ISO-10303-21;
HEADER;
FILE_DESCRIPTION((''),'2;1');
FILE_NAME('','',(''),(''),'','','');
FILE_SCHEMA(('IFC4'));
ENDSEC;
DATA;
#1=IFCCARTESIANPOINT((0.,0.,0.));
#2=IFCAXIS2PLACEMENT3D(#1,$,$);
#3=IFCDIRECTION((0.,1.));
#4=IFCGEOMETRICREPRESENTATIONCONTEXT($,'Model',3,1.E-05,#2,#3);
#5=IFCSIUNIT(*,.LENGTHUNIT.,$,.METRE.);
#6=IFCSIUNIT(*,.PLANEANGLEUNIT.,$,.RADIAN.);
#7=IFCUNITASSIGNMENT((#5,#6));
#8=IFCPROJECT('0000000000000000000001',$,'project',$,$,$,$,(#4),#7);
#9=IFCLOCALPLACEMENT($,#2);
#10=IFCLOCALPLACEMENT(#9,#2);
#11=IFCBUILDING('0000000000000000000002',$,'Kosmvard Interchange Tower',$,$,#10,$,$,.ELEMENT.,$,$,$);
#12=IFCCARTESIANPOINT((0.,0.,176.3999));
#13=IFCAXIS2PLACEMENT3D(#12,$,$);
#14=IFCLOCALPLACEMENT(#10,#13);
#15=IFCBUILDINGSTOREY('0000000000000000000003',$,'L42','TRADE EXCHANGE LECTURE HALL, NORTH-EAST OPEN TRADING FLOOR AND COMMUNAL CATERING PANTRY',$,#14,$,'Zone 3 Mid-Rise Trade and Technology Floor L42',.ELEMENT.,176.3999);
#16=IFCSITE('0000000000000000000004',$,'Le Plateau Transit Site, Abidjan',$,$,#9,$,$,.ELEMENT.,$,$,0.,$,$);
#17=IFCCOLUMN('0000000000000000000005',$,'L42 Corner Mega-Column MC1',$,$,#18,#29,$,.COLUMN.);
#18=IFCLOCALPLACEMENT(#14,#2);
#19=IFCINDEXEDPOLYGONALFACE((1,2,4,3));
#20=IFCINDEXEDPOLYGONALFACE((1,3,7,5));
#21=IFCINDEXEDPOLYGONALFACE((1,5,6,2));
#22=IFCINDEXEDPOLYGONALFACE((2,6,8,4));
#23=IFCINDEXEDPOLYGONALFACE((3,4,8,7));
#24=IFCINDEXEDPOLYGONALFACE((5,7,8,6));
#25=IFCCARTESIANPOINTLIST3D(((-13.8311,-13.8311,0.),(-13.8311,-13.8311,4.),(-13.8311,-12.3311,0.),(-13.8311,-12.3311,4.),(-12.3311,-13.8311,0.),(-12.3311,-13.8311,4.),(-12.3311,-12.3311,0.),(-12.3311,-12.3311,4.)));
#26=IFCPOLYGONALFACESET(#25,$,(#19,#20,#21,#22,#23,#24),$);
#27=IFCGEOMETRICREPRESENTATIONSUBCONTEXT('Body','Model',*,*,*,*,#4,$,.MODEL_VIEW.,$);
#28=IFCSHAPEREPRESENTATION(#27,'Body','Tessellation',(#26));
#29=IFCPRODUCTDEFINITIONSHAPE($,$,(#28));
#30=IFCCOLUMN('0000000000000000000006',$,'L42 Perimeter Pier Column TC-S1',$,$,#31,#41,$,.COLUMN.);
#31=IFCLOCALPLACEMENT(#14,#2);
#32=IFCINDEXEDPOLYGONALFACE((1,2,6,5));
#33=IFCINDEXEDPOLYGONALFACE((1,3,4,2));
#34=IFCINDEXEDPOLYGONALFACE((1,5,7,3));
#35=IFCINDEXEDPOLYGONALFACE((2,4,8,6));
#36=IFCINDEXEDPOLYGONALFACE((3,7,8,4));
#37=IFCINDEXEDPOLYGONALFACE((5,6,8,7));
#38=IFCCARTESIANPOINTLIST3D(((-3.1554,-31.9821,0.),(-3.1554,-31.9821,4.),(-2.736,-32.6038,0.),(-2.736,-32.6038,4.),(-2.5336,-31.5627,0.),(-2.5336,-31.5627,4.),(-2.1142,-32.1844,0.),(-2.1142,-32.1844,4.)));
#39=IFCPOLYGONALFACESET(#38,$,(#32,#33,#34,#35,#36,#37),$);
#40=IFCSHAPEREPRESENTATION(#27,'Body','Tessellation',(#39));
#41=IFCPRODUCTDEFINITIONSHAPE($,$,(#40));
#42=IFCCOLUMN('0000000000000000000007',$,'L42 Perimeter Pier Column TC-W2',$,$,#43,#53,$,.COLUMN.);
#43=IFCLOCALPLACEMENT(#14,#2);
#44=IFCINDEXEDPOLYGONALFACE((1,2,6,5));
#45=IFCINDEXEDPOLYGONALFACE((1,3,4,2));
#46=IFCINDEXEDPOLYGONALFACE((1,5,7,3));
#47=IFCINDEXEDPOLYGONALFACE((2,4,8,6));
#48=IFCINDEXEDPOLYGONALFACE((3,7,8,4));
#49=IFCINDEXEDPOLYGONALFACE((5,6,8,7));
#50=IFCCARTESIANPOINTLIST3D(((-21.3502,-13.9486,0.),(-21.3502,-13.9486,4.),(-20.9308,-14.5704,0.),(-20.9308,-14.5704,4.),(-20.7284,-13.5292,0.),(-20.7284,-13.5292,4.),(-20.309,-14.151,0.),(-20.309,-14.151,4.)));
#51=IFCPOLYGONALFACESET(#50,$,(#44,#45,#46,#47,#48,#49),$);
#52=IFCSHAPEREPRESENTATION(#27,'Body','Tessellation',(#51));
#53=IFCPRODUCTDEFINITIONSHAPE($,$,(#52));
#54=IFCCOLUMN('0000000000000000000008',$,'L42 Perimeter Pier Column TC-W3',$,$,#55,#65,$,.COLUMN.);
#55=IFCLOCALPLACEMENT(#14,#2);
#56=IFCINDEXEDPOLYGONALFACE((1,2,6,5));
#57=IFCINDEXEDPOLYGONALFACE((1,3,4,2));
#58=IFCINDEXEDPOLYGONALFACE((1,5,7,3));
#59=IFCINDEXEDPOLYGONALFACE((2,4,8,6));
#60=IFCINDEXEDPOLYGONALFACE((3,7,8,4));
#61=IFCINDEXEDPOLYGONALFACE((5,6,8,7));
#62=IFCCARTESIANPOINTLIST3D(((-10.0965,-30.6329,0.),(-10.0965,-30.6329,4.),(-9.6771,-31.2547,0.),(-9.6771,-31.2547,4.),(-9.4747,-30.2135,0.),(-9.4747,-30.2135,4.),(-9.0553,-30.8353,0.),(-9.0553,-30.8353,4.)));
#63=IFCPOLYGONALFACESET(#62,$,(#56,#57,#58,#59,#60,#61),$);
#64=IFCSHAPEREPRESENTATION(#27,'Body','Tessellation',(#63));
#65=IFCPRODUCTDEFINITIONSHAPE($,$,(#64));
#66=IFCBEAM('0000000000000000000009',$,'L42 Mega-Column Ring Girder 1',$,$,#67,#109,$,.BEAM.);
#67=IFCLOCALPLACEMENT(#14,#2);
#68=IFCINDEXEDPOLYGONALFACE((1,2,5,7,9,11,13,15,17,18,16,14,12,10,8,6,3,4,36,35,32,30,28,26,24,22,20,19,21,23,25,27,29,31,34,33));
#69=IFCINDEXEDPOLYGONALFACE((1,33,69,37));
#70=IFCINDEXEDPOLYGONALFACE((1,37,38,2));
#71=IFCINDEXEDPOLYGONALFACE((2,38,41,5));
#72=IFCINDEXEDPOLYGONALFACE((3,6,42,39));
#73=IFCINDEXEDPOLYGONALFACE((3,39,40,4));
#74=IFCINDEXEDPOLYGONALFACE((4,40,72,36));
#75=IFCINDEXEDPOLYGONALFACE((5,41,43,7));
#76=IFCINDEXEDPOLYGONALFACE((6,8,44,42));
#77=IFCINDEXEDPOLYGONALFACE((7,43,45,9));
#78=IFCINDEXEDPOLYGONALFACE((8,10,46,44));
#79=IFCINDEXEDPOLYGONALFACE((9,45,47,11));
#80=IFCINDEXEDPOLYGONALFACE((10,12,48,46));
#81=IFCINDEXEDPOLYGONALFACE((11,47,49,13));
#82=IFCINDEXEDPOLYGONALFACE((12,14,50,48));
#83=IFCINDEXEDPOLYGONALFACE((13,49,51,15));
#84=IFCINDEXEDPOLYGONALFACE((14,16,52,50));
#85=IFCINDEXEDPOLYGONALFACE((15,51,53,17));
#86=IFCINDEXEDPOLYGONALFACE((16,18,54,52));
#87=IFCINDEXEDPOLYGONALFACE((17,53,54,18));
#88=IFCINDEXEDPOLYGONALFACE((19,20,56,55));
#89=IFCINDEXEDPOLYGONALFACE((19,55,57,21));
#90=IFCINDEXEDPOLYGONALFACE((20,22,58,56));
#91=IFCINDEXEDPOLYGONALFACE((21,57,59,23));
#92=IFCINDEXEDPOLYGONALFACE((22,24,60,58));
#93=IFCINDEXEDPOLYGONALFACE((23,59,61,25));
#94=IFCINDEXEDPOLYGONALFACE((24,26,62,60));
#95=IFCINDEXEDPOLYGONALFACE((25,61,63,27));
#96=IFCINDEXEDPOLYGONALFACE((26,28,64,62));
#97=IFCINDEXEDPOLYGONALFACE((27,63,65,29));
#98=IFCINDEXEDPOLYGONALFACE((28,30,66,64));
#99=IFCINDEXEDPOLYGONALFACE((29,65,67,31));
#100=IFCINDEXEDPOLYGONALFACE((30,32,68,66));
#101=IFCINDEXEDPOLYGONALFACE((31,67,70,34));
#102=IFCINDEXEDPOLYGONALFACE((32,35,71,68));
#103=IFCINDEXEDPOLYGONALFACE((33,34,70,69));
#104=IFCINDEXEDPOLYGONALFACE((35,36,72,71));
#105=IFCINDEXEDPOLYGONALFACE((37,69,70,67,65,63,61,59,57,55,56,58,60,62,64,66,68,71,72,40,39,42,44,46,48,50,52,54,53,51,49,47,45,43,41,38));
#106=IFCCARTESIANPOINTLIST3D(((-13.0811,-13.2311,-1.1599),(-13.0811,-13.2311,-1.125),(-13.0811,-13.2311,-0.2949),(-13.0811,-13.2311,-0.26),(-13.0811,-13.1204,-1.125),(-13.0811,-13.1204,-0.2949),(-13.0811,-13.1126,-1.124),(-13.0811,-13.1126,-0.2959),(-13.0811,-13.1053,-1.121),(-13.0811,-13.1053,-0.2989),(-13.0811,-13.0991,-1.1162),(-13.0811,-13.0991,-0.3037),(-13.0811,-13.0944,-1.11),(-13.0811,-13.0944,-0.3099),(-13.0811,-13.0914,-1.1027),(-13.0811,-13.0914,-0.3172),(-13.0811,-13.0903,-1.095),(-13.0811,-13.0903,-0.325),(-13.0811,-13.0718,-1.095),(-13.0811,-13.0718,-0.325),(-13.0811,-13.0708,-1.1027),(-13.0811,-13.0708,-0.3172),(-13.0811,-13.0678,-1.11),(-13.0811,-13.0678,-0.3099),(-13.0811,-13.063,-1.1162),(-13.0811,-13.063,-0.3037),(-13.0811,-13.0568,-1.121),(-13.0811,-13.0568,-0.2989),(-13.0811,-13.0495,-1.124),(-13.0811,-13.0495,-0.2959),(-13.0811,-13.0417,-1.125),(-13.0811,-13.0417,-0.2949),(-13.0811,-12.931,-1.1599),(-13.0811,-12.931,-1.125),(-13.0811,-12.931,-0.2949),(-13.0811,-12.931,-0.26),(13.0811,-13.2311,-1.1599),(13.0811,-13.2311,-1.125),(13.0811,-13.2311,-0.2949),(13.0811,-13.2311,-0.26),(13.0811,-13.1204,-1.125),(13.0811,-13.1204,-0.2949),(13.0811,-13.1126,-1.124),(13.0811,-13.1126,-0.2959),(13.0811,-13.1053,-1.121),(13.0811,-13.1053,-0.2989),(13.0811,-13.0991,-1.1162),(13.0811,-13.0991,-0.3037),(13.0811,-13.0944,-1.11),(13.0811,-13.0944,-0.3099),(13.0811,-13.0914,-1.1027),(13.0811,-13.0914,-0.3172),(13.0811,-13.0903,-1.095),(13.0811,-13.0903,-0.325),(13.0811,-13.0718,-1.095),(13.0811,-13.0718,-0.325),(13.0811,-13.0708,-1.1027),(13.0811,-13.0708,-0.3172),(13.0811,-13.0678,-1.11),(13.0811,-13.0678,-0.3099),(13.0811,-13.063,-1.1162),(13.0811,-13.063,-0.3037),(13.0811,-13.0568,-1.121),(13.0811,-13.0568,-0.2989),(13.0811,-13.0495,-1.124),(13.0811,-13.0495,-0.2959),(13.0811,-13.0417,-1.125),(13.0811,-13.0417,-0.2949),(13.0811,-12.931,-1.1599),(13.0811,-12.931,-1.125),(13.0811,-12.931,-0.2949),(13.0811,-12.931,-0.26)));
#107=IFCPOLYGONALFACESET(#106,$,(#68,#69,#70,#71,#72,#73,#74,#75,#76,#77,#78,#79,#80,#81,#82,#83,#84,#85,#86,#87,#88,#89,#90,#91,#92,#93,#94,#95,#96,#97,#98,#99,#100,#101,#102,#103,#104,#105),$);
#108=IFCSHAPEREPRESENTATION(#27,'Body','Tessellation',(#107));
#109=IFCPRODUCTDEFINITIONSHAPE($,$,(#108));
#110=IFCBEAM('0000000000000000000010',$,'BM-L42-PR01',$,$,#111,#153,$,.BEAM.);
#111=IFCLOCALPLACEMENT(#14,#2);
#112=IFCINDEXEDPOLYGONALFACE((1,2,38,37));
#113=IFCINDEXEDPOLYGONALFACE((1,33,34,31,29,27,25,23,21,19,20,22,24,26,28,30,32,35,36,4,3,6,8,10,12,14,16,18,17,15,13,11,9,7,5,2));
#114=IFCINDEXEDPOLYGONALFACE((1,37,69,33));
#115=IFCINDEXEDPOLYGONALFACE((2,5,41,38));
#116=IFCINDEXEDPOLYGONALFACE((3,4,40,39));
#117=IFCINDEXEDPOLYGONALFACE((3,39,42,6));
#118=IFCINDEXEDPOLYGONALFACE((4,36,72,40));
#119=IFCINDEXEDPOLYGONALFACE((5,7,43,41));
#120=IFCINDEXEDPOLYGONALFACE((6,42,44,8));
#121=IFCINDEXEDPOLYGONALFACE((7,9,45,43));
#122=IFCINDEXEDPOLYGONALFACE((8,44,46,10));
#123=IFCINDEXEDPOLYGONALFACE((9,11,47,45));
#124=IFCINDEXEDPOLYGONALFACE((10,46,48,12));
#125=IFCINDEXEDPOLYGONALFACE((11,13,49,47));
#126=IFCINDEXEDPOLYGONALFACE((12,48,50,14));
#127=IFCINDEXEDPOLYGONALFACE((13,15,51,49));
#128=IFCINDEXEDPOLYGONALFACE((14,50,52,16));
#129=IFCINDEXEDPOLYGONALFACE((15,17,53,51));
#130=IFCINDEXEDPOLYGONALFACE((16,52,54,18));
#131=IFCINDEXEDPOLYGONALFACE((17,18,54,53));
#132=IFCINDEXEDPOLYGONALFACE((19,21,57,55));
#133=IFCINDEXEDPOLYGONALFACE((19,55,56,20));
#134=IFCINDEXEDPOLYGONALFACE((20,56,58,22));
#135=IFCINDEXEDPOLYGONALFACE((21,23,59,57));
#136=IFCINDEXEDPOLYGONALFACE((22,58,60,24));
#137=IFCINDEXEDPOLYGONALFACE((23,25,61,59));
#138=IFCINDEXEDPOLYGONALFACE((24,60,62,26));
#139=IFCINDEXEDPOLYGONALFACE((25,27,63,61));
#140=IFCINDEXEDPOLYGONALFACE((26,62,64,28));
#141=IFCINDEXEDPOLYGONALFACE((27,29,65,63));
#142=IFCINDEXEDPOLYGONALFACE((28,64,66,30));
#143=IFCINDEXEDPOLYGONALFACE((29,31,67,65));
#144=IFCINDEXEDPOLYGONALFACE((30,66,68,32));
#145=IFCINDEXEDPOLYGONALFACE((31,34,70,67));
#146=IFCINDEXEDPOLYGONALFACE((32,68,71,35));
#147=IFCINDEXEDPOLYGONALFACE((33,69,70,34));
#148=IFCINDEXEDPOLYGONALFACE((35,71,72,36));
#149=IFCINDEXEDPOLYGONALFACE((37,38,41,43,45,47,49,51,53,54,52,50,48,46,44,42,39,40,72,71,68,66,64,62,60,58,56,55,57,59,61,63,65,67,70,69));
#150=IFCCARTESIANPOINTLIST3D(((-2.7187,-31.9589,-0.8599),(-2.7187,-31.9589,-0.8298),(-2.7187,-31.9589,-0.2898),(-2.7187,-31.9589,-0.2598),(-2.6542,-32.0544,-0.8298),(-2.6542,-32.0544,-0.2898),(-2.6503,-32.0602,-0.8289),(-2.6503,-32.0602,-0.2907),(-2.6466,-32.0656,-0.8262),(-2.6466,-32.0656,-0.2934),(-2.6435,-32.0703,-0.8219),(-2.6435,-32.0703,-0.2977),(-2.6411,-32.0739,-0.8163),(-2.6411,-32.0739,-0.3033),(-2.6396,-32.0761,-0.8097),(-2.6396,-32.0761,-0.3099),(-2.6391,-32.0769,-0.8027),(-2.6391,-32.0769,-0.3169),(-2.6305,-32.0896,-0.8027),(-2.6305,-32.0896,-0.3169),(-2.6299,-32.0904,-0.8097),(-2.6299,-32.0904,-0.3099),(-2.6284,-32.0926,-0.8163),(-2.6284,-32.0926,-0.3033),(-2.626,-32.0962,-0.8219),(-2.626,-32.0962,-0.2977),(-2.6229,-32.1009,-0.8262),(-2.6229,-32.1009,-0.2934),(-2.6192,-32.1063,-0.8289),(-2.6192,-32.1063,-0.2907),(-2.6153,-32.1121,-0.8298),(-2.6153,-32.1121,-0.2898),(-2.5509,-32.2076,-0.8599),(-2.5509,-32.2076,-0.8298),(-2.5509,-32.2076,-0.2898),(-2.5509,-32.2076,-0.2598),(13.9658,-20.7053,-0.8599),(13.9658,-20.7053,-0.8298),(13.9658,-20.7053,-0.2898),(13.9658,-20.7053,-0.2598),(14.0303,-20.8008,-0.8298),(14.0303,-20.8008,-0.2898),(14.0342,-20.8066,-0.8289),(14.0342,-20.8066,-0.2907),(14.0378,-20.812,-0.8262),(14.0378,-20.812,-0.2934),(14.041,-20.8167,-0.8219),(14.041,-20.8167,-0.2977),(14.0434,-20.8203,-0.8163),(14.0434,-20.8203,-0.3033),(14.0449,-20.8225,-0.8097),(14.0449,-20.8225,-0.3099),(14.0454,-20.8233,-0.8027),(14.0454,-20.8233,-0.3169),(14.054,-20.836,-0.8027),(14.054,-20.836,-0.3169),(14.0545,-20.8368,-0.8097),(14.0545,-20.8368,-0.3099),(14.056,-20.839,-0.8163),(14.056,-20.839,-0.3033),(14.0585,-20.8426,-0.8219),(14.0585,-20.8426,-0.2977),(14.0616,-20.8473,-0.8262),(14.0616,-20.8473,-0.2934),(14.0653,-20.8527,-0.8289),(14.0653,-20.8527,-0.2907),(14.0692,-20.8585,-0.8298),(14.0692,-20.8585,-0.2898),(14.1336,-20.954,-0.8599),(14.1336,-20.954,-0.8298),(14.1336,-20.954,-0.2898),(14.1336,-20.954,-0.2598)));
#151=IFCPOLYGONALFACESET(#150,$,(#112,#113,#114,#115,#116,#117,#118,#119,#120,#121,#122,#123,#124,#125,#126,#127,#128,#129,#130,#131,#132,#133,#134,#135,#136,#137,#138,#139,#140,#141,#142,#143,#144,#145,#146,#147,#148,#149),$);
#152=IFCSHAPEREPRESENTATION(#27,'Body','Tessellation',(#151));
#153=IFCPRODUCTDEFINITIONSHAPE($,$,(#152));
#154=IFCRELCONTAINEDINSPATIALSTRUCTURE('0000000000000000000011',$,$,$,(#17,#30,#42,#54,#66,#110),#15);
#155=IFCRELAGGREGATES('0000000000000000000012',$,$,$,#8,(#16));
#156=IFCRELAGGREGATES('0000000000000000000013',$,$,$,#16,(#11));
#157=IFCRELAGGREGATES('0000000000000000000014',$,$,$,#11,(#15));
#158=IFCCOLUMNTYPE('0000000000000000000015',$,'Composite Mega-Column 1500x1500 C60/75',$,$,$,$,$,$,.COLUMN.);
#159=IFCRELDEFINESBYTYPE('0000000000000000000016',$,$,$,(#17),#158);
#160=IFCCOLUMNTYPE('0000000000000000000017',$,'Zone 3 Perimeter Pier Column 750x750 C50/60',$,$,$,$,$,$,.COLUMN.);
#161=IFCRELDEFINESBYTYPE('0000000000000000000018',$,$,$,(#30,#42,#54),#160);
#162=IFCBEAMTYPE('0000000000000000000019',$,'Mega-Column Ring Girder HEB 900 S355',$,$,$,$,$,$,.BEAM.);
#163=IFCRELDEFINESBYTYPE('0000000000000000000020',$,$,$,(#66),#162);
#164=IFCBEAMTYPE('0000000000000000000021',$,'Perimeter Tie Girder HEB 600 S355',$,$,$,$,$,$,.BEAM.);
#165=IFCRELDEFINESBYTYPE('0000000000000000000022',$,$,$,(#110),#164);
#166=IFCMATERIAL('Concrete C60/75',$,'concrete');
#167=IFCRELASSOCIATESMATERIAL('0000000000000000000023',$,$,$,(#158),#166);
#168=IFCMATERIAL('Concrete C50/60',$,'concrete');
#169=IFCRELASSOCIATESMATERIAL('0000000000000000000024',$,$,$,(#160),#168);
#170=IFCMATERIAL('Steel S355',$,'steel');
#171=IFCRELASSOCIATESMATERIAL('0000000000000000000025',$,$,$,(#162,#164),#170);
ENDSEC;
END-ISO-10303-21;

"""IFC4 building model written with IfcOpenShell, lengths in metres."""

from ifc_helpers import new_model, si_unit, direction, frame, origin, origin_2d, place, context, subcontext, project, spatial, rectangle, i_section, extrude, source, transform, mapped, material, material_profile, profile_set, type_object, element, save


model = new_model("IFC4")

# Units and contexts
model_context = context("Model", 3, precision=1e-05, world=origin(), true_north=direction((0.0, 1.0)))
body_context = subcontext(model_context, "Body", "Model", "MODEL_VIEW")
ifc_project = project(units=[si_unit("LENGTHUNIT", "METRE"), si_unit("PLANEANGLEUNIT", "RADIAN")], contexts=[model_context])

# Site, building, storey
site_placement = place(None, origin())
site = spatial("IfcSite", under=ifc_project, at=site_placement, Name="Le Plateau Transit Site, Abidjan", CompositionType="ELEMENT", RefElevation=0.0)
building_placement = place(site_placement, origin())
building = spatial("IfcBuilding", under=site, at=building_placement, Name="Kosmvard Interchange Tower", CompositionType="ELEMENT")
storey_placement = place(building_placement, frame((0.0, 0.0, 176.3999)))
storey = spatial("IfcBuildingStorey", under=building, at=storey_placement, Name="L42", Description="TRADE EXCHANGE LECTURE HALL, NORTH-EAST OPEN TRADING FLOOR AND COMMUNAL CATERING PANTRY", LongName="Zone 3 Mid-Rise Trade and Technology Floor L42", CompositionType="ELEMENT", Elevation=176.3999)

# Columns
ifc_material_1 = material(Name="Concrete C60/75", Category="concrete")
ifc_material_profile_1 = material_profile(ifc_material_1, rectangle(XDim=1.5, YDim=1.5, at=origin_2d()), Name="MC 1500x1500")
ifc_profile_set_1 = profile_set([ifc_material_profile_1], Name="Concrete C60/75")
column_type_1 = type_object("IfcColumnType", Name="Composite Mega-Column 1500x1500 C60/75", PredefinedType="COLUMN", material=ifc_profile_set_1)
shared_shape_1 = source(origin(), body_context, "Body", "SweptSolid", [
    extrude(rectangle(XDim=1.5, YDim=1.5, at=origin_2d()), origin(), (0.0, 0.0, 1.0), 4.0),
])
column_placement = place(storey_placement, frame((-13.0811, -13.0811, 0.0), z_axis=(0.0, 0.0, 1.0), x_axis=(1.0, 0.0, 0.0)))
element("IfcColumn", 1, at=column_placement, inside=storey, type_object=column_type_1, Name="L42 Corner Mega-Column MC1", PredefinedType="COLUMN", context=body_context, shape_type="MappedRepresentation", body=[
    mapped(shared_shape_1, transform((0.0, 0.0, 0.0), scale=1.0)),
])
ifc_material_2 = material(Name="Concrete C50/60", Category="concrete")
ifc_material_profile_2 = material_profile(ifc_material_2, rectangle(XDim=0.75, YDim=0.75, at=origin_2d()), Name="TC 750x750")
ifc_profile_set_2 = profile_set([ifc_material_profile_2], Name="Concrete C50/60")
column_type_2 = type_object("IfcColumnType", Name="Zone 3 Perimeter Pier Column 750x750 C50/60", PredefinedType="COLUMN", material=ifc_profile_set_2)
shared_shape_2 = source(origin(), body_context, "Body", "SweptSolid", [
    extrude(rectangle(XDim=0.75, YDim=0.75, at=origin_2d()), origin(), (0.0, 0.0, 1.0), 4.0),
])
for number, where, z_axis, x_axis, name in (
    (2, (-2.6348, -32.0833, 0.0), (0.0, 0.0, 1.0), (0.829038, 0.559193, 0.0), "L42 Perimeter Pier Column TC-S1"),
    (3, (-20.8296, -14.0498, 0.0), (0.0, 0.0, 1.0), (0.829038, 0.559193, 0.0), "L42 Perimeter Pier Column TC-W2"),
    (4, (-9.5759, -30.7341, 0.0), (0.0, 0.0, 1.0), (0.829038, 0.559193, 0.0), "L42 Perimeter Pier Column TC-W3"),
):
    element("IfcColumn", number, at=place(storey_placement, frame(where, z_axis=z_axis, x_axis=x_axis)), inside=storey, type_object=column_type_2, Name=name, PredefinedType="COLUMN", context=body_context, shape_type="MappedRepresentation", body=[
        mapped(shared_shape_2, transform((0.0, 0.0, 0.0), scale=1.0)),
    ])

# Beams
ifc_material_3 = material(Name="Steel S355", Category="steel")
ifc_material_profile_3 = material_profile(ifc_material_3, i_section(OverallWidth=0.3, OverallDepth=0.8999, WebThickness=0.0186, FlangeThickness=0.0349, FilletRadius=0.03, at=origin_2d()), Name="HEB 900")
ifc_profile_set_3 = profile_set([ifc_material_profile_3], Name="Steel S355")
beam_type_1 = type_object("IfcBeamType", Name="Mega-Column Ring Girder HEB 900 S355", PredefinedType="BEAM", material=ifc_profile_set_3)
shared_shape_3 = source(origin(), body_context, "Body", "SweptSolid", [
    extrude(i_section(OverallWidth=0.3, OverallDepth=0.8999, WebThickness=0.0186, FlangeThickness=0.0349, FilletRadius=0.03, at=origin_2d()), origin(), (0.0, 0.0, 1.0), 26.1621),
])
beam_1_placement = place(storey_placement, frame((-13.0811, -13.0811, -0.71), z_axis=(1.0, 0.0, 0.0), x_axis=(0.0, 1.0, 0.0)))
element("IfcBeam", 5, at=beam_1_placement, inside=storey, type_object=beam_type_1, Name="L42 Mega-Column Ring Girder 1", PredefinedType="BEAM", context=body_context, shape_type="MappedRepresentation", body=[
    mapped(shared_shape_3, transform((0.0, 0.0, 0.0), scale=1.0)),
])
ifc_material_profile_4 = material_profile(ifc_material_3, i_section(OverallWidth=0.3, OverallDepth=0.6001, WebThickness=0.0154, FlangeThickness=0.03, FilletRadius=0.0271, at=origin_2d()), Name="HEB 600")
ifc_profile_set_4 = profile_set([ifc_material_profile_4], Name="Steel S355")
beam_type_2 = type_object("IfcBeamType", Name="Perimeter Tie Girder HEB 600 S355", PredefinedType="BEAM", material=ifc_profile_set_4)
shared_shape_4 = source(origin(), body_context, "Body", "SweptSolid", [
    extrude(i_section(OverallWidth=0.3, OverallDepth=0.6001, WebThickness=0.0154, FlangeThickness=0.03, FilletRadius=0.0271, at=origin_2d()), origin(), (0.0, 0.0, 1.0), 20.125),
])
for number, where, z_axis, x_axis, name in (
    (6, (-2.6348, -32.0833, -0.5598), (0.829043, 0.559185, 0.0), (-0.559185, 0.829043, 0.0), "BM-L42-PR01"),
):
    element("IfcBeam", number, at=place(storey_placement, frame(where, z_axis=z_axis, x_axis=x_axis)), inside=storey, type_object=beam_type_2, Name=name, PredefinedType="BEAM", context=body_context, shape_type="MappedRepresentation", body=[
        mapped(shared_shape_4, transform((0.0, 0.0, 0.0), scale=1.0)),
    ])

save(model, "model.ifc")
